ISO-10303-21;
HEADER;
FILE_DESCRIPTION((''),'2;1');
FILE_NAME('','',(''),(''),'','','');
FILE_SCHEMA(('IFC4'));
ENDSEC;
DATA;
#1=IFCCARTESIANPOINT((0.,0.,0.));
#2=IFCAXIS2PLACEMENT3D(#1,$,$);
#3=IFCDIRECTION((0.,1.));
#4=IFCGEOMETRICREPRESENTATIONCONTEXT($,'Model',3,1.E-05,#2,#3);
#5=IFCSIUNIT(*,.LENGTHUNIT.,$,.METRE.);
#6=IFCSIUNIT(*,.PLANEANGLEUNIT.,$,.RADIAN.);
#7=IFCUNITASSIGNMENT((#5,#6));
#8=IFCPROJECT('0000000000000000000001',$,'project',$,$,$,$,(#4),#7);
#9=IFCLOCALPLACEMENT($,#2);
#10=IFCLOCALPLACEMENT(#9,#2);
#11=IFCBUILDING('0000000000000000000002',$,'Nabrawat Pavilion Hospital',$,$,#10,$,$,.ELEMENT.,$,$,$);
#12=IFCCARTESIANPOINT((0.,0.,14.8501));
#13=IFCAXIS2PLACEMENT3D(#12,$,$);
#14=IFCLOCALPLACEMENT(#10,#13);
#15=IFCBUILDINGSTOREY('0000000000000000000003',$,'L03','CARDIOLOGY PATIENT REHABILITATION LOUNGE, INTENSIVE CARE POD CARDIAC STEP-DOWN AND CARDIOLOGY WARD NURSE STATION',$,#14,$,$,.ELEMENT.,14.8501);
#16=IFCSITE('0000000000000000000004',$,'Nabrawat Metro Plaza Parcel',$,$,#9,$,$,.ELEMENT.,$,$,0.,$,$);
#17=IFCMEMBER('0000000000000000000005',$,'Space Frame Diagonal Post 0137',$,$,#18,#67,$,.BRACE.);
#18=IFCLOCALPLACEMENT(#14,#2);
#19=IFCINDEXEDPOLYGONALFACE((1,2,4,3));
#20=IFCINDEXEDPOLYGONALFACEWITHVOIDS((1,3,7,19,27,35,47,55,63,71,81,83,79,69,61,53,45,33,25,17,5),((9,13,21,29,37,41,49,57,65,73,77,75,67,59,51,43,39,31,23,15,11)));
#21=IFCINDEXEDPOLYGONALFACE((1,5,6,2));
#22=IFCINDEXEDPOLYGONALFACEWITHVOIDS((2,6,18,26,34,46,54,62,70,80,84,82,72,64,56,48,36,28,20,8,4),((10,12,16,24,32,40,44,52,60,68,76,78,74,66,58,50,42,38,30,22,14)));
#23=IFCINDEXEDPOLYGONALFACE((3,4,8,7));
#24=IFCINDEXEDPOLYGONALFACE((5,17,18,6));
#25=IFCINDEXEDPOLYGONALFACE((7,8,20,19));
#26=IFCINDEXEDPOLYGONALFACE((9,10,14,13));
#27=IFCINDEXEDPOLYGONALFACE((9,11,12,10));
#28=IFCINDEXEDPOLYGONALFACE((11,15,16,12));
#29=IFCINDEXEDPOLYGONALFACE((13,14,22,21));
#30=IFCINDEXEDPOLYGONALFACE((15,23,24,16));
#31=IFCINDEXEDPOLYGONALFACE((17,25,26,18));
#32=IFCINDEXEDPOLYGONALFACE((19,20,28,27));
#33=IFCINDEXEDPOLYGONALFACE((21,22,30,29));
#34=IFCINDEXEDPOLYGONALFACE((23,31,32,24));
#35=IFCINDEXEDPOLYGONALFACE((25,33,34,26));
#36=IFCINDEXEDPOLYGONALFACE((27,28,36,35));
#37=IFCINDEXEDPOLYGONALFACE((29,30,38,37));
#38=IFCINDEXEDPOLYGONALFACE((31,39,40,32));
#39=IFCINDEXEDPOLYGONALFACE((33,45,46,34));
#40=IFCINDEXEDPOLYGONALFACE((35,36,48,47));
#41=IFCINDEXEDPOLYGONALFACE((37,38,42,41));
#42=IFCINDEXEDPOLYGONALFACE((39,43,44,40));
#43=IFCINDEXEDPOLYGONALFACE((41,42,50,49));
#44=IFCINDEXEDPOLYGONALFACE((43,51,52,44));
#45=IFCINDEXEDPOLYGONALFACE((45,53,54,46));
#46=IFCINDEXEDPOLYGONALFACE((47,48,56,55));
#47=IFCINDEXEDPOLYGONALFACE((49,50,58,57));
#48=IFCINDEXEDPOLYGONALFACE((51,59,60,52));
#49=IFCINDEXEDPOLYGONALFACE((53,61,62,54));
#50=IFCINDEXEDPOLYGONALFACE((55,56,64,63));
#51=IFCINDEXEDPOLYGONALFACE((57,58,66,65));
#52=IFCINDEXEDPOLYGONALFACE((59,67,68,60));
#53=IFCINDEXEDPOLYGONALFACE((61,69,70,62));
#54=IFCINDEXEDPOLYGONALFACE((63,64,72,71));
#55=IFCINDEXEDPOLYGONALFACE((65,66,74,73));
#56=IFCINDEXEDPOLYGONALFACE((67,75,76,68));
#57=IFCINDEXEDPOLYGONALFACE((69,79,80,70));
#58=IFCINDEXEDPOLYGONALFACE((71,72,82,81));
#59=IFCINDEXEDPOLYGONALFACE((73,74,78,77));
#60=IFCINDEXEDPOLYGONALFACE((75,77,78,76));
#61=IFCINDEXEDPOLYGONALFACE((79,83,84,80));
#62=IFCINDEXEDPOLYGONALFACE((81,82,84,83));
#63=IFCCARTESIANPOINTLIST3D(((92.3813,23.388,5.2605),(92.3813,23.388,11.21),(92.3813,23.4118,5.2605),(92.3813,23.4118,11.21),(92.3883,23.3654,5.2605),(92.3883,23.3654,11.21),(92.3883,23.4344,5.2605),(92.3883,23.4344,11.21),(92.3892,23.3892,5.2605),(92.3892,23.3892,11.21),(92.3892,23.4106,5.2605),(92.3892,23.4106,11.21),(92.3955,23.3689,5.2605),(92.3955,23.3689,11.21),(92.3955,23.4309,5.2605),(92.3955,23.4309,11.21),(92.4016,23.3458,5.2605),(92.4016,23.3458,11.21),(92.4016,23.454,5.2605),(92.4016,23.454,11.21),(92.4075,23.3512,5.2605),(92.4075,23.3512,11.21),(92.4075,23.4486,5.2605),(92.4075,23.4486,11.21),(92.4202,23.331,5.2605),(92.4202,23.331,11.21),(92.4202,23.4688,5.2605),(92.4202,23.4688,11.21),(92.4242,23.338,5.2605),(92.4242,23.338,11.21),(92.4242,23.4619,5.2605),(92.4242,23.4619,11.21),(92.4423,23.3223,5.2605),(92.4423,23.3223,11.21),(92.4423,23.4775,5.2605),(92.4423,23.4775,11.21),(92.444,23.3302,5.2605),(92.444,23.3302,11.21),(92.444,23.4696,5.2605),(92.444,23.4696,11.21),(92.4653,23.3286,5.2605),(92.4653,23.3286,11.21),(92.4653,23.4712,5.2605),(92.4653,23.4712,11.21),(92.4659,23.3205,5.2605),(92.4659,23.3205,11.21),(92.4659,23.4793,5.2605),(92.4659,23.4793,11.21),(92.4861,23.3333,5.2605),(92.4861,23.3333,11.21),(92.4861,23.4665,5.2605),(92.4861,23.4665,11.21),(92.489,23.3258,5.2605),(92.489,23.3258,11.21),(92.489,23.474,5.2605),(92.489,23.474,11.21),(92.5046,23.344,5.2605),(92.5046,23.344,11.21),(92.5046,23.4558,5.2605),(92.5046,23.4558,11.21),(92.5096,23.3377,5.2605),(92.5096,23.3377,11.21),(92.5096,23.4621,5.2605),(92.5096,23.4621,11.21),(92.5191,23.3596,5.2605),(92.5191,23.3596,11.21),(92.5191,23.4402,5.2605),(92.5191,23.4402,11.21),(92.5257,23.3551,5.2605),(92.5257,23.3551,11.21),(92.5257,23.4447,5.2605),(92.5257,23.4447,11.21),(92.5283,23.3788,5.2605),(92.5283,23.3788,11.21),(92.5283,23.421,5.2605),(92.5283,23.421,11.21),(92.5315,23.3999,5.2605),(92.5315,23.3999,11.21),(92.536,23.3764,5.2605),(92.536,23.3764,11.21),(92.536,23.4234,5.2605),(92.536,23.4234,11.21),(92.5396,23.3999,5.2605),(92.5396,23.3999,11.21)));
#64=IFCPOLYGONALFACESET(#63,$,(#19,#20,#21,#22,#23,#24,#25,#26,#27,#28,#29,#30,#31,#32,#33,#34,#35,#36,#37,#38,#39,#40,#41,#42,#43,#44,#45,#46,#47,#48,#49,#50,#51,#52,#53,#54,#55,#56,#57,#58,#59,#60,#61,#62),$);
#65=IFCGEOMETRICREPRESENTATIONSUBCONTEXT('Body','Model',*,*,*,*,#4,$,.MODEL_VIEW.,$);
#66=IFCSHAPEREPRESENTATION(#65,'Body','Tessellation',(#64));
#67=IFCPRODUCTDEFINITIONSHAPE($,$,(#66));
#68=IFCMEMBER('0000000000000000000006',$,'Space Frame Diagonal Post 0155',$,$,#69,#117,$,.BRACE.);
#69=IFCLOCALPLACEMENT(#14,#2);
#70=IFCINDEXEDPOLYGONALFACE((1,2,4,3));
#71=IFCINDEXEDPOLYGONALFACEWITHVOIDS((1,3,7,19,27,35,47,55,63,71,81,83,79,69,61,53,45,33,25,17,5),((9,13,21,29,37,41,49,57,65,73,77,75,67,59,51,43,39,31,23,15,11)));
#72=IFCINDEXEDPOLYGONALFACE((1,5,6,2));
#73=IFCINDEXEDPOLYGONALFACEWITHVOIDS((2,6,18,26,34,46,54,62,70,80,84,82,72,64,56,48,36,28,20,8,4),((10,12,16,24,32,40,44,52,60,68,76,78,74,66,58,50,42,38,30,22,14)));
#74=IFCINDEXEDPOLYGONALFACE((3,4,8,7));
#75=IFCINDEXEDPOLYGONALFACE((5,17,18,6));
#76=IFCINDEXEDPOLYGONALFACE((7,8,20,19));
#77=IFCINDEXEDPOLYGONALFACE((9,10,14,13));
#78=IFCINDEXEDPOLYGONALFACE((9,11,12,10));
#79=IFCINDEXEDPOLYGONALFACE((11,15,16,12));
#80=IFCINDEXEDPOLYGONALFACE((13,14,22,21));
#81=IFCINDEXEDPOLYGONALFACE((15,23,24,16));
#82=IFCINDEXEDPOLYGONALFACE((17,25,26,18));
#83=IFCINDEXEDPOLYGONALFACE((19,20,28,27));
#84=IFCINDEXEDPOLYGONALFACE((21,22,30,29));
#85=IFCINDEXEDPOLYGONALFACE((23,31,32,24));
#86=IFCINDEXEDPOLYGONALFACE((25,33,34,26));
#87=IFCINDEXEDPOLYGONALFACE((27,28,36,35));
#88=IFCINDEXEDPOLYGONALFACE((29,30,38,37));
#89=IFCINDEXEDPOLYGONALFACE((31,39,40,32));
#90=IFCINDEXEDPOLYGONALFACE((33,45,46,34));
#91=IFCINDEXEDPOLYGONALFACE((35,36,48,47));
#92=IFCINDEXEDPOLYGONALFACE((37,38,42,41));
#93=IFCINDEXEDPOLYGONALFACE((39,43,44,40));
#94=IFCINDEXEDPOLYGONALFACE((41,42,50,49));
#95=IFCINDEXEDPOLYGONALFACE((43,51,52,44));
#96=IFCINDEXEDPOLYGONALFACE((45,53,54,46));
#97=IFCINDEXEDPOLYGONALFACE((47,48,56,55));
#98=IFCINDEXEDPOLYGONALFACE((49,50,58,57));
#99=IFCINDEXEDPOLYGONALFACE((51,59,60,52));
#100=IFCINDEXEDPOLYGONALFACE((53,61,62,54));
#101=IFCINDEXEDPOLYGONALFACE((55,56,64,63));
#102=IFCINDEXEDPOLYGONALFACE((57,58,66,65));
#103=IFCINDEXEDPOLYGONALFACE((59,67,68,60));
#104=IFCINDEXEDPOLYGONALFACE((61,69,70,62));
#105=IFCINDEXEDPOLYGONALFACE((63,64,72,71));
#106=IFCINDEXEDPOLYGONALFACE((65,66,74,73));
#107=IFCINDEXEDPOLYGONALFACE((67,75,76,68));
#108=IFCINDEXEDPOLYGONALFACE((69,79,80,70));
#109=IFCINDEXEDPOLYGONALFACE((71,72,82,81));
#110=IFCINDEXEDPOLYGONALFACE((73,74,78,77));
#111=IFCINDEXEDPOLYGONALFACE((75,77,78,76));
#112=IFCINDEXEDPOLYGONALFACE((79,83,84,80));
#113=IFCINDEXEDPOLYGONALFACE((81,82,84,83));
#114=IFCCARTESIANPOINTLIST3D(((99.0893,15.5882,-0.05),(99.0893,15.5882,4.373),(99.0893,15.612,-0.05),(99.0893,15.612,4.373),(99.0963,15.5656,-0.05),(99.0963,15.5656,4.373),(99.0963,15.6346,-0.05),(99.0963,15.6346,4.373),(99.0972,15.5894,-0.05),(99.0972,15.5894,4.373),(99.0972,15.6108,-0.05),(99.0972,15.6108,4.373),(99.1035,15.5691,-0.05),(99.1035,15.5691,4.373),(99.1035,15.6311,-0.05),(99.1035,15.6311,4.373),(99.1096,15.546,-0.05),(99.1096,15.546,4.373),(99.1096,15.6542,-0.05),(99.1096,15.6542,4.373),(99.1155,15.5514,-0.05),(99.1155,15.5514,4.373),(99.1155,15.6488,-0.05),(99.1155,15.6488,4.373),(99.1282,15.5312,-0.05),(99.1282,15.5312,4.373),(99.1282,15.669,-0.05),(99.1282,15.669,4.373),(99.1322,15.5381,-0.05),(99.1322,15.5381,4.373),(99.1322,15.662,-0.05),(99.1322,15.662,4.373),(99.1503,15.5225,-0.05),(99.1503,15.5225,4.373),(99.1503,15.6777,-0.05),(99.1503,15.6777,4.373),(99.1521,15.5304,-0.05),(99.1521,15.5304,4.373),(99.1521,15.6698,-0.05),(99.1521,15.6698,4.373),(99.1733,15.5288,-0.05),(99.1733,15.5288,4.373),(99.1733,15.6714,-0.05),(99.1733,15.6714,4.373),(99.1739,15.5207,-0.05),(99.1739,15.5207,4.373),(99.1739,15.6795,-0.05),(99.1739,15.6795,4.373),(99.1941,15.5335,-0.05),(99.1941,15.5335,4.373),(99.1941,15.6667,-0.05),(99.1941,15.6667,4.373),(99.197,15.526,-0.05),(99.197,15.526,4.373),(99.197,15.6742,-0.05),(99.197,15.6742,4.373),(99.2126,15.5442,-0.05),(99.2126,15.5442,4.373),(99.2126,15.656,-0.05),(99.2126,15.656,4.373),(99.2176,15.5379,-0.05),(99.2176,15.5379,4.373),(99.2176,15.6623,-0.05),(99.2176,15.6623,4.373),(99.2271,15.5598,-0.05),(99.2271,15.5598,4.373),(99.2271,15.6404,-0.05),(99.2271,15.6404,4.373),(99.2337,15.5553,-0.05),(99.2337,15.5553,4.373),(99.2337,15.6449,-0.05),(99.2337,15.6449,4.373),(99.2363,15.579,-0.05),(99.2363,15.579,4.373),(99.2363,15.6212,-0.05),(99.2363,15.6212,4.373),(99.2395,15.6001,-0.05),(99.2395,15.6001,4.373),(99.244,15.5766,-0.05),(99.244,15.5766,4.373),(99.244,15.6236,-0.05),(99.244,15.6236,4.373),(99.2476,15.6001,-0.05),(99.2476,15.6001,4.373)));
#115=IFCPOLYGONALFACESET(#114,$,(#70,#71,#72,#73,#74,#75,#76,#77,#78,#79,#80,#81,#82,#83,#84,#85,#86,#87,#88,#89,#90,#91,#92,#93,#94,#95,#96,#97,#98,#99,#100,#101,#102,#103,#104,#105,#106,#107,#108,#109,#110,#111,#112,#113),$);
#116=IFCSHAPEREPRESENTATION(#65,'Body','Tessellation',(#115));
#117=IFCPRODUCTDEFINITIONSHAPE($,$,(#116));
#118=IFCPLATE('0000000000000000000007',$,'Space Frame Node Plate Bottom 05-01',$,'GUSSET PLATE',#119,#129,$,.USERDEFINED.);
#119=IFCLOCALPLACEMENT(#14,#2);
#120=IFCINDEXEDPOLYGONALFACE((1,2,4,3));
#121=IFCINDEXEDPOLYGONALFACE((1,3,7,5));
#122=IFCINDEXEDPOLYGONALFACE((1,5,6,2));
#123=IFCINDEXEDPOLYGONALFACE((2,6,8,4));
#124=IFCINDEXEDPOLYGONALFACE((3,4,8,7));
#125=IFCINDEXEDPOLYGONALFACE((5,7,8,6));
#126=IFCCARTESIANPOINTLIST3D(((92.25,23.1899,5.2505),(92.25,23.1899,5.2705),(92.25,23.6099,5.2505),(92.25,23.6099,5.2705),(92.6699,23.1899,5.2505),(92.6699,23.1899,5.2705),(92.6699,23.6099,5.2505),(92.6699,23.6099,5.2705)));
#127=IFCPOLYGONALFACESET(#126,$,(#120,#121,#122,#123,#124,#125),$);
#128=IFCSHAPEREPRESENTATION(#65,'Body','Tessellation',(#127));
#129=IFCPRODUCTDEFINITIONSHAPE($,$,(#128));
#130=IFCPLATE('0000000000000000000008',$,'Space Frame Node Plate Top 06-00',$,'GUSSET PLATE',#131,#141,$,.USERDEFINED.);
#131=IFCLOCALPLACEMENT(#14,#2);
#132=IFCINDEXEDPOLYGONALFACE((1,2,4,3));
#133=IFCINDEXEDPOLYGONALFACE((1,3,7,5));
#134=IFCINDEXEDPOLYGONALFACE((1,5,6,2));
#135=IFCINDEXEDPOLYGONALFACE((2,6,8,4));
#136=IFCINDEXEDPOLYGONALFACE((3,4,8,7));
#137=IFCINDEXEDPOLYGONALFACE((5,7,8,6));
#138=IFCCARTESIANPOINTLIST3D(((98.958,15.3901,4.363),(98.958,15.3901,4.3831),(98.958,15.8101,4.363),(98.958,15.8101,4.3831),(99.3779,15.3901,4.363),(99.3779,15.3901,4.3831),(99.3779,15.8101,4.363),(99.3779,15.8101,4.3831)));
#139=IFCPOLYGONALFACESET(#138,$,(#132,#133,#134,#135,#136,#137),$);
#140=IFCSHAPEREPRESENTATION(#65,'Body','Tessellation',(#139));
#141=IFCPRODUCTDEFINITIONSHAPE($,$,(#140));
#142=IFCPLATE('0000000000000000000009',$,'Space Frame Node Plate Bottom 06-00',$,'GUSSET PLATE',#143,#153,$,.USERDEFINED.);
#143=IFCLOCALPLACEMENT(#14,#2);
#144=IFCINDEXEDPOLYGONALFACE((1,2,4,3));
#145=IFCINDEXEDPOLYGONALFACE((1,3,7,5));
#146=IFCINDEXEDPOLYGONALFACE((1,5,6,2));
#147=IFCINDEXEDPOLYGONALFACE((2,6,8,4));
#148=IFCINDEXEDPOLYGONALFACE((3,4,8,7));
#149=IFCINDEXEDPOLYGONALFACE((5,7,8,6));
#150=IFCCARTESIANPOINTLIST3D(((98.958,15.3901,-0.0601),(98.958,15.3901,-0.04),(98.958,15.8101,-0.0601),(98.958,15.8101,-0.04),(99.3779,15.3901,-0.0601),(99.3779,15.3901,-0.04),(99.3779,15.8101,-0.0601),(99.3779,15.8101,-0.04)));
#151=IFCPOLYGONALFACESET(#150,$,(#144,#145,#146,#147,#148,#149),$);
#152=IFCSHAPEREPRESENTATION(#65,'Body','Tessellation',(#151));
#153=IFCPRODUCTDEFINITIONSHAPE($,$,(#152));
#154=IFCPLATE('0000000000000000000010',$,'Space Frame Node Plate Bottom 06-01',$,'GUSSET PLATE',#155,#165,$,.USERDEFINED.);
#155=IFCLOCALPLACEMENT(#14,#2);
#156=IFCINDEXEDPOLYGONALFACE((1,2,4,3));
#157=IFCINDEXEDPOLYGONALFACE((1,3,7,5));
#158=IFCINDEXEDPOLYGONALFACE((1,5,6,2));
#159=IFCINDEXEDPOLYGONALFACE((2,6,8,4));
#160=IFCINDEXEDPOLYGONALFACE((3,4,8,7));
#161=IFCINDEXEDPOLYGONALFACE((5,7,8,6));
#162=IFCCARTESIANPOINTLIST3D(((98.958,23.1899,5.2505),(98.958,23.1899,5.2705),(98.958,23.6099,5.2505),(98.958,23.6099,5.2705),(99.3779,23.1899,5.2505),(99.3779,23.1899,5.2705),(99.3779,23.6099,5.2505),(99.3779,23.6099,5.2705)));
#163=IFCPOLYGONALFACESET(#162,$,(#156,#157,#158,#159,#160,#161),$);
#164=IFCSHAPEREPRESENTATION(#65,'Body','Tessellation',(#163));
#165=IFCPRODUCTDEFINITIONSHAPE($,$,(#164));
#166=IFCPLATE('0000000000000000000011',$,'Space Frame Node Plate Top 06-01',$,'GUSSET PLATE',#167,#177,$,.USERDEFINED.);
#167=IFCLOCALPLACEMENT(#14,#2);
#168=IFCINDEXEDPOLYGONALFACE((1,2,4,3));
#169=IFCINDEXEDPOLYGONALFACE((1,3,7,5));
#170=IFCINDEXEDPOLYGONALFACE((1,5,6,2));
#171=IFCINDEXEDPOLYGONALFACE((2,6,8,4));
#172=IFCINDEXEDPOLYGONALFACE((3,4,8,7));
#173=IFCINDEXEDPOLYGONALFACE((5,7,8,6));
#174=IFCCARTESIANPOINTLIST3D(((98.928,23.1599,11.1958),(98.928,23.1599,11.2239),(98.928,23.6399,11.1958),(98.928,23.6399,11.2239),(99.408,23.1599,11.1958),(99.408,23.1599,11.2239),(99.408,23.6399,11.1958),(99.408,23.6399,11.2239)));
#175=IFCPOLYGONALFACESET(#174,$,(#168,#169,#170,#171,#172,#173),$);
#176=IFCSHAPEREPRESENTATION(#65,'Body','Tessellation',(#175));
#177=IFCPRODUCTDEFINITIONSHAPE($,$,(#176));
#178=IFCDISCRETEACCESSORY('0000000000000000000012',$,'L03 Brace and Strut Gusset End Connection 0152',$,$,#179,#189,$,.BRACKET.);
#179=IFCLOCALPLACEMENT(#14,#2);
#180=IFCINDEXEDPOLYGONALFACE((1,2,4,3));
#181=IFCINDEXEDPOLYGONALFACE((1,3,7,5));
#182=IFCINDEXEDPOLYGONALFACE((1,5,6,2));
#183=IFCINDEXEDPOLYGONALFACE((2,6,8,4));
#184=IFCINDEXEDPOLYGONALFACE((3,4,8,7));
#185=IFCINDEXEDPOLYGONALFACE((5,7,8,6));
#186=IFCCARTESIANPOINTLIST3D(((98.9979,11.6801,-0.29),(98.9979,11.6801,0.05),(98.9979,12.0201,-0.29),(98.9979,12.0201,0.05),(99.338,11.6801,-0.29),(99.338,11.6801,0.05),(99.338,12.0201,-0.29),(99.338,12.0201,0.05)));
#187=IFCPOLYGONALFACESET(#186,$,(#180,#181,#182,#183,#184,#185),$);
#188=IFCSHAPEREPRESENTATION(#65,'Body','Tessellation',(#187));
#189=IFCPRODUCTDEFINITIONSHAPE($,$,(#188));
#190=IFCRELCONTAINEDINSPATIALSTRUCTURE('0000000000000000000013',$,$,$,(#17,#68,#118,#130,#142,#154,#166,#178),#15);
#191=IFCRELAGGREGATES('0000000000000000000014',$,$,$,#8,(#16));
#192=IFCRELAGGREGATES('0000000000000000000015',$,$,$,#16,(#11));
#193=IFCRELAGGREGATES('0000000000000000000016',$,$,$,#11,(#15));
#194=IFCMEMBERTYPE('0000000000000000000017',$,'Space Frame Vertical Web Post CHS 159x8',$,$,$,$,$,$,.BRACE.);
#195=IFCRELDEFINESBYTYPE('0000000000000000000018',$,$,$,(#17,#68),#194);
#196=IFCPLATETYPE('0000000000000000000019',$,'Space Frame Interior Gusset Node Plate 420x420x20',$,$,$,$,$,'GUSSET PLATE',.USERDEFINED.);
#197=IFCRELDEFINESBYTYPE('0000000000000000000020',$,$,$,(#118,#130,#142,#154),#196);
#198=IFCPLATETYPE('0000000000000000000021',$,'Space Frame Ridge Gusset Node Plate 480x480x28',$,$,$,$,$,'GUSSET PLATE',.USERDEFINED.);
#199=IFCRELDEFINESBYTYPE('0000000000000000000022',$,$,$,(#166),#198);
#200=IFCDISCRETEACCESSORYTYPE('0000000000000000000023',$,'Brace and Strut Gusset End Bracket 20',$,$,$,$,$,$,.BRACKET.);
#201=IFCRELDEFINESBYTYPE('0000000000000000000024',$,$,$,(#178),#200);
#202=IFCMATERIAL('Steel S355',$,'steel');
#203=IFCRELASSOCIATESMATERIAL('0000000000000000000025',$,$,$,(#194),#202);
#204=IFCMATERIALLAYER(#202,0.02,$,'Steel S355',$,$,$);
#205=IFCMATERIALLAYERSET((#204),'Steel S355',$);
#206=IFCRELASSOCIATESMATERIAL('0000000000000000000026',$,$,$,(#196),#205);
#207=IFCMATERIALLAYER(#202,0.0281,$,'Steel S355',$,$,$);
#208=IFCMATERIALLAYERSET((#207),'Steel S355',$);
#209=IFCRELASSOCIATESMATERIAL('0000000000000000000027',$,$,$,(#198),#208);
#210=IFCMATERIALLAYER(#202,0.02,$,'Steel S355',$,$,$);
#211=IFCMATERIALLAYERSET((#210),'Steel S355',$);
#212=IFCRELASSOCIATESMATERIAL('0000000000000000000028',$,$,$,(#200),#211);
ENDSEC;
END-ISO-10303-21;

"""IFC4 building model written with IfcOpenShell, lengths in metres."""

from ifc_helpers import new_model, si_unit, direction, frame, origin, origin_2d, place, context, subcontext, project, spatial, rectangle, hollow_circle, extrude, material, layer, layer_set, material_profile, profile_set, type_object, element, save


model = new_model("IFC4")

# Units and contexts
model_context = context("Model", 3, precision=1e-05, world=origin(), true_north=direction((0.0, 1.0)))
body_context = subcontext(model_context, "Body", "Model", "MODEL_VIEW")
ifc_project = project(units=[si_unit("LENGTHUNIT", "METRE"), si_unit("PLANEANGLEUNIT", "RADIAN")], contexts=[model_context])

# Site, building, storey
site_placement = place(None, origin())
site = spatial("IfcSite", under=ifc_project, at=site_placement, Name="Nabrawat Metro Plaza Parcel", CompositionType="ELEMENT", RefElevation=0.0)
building_placement = place(site_placement, origin())
building = spatial("IfcBuilding", under=site, at=building_placement, Name="Nabrawat Pavilion Hospital", CompositionType="ELEMENT")
storey_placement = place(building_placement, frame((0.0, 0.0, 14.8501)))
storey = spatial("IfcBuildingStorey", under=building, at=storey_placement, Name="L03", Description="CARDIOLOGY PATIENT REHABILITATION LOUNGE, INTENSIVE CARE POD CARDIAC STEP-DOWN AND CARDIOLOGY WARD NURSE STATION", CompositionType="ELEMENT", Elevation=14.8501)

# Shared definitions
ifc_material = material(Name="Steel S355", Category="steel")

# Members
ifc_material_profile_1 = material_profile(ifc_material, hollow_circle(Radius=0.0796, WallThickness=0.0081, at=origin_2d()), Name="CHS 159x8")
ifc_profile_set_1 = profile_set([ifc_material_profile_1], Name="Steel S355")
member_type_1 = type_object("IfcMemberType", Name="Space Frame Vertical Web Post CHS 159x8", PredefinedType="BRACE", material=ifc_profile_set_1)
member_1_placement = place(storey_placement, frame((92.46, 23.3999, 5.2605), z_axis=(0.0, 0.0, 1.0), x_axis=(1.0, 0.0, 0.0)))
element("IfcMember", 1, at=member_1_placement, inside=storey, type_object=member_type_1, Name="Space Frame Diagonal Post 0137", PredefinedType="BRACE", context=body_context, shape_type="SweptSolid", body=[
    extrude(hollow_circle(Radius=0.0796, WallThickness=0.0081, at=origin_2d()), origin(), (0.0, 0.0, 1.0), 5.9495),
])
member_2_placement = place(storey_placement, frame((99.168, 15.6001, -0.05), z_axis=(0.0, 0.0, 1.0), x_axis=(1.0, 0.0, 0.0)))
element("IfcMember", 2, at=member_2_placement, inside=storey, type_object=member_type_1, Name="Space Frame Diagonal Post 0155", PredefinedType="BRACE", context=body_context, shape_type="SweptSolid", body=[
    extrude(hollow_circle(Radius=0.0796, WallThickness=0.0081, at=origin_2d()), origin(), (0.0, 0.0, 1.0), 4.4231),
])

# Plates
ifc_layer_1 = layer(ifc_material, 0.02, Name="Steel S355")
ifc_layer_set_1 = layer_set([ifc_layer_1], Name="Steel S355")
plate_type_1 = type_object("IfcPlateType", Name="Space Frame Interior Gusset Node Plate 420x420x20", ElementType="GUSSET PLATE", PredefinedType="USERDEFINED", material=ifc_layer_set_1)
for number, where, z_axis, x_axis, name in (
    (3, (92.46, 23.3999, 5.2505), (0.0, 0.0, 1.0), (1.0, 0.0, 0.0), "Space Frame Node Plate Bottom 05-01"),
    (4, (99.168, 15.6001, 4.363), (0.0, 0.0, 1.0), (1.0, 0.0, 0.0), "Space Frame Node Plate Top 06-00"),
    (5, (99.168, 15.6001, -0.0601), (0.0, 0.0, 1.0), (1.0, 0.0, 0.0), "Space Frame Node Plate Bottom 06-00"),
    (6, (99.168, 23.3999, 5.2505), (0.0, 0.0, 1.0), (1.0, 0.0, 0.0), "Space Frame Node Plate Bottom 06-01"),
):
    element("IfcPlate", number, at=place(storey_placement, frame(where, z_axis=z_axis, x_axis=x_axis)), inside=storey, type_object=plate_type_1, Name=name, ObjectType="GUSSET PLATE", PredefinedType="USERDEFINED", context=body_context, shape_type="SweptSolid", body=[
        extrude(rectangle(XDim=0.4199, YDim=0.4199, at=origin_2d()), origin(), (0.0, 0.0, 1.0), 0.02),
    ])
ifc_layer_2 = layer(ifc_material, 0.0281, Name="Steel S355")
ifc_layer_set_2 = layer_set([ifc_layer_2], Name="Steel S355")
plate_type_2 = type_object("IfcPlateType", Name="Space Frame Ridge Gusset Node Plate 480x480x28", ElementType="GUSSET PLATE", PredefinedType="USERDEFINED", material=ifc_layer_set_2)
plate_placement = place(storey_placement, frame((99.168, 23.3999, 11.1958), z_axis=(0.0, 0.0, 1.0), x_axis=(1.0, 0.0, 0.0)))
element("IfcPlate", 7, at=plate_placement, inside=storey, type_object=plate_type_2, Name="Space Frame Node Plate Top 06-01", ObjectType="GUSSET PLATE", PredefinedType="USERDEFINED", context=body_context, shape_type="SweptSolid", body=[
    extrude(rectangle(XDim=0.48, YDim=0.48, at=origin_2d()), origin(), (0.0, 0.0, 1.0), 0.0281),
])

# Discrete accessory
ifc_layer_3 = layer(ifc_material, 0.02, Name="Steel S355")
ifc_layer_set_3 = layer_set([ifc_layer_3], Name="Steel S355")
discrete_accessory_type = type_object("IfcDiscreteAccessoryType", Name="Brace and Strut Gusset End Bracket 20", PredefinedType="BRACKET", material=ifc_layer_set_3)
discrete_accessory_placement = place(storey_placement, frame((99.168, 11.8501, -0.29), z_axis=(0.0, 0.0, 1.0), x_axis=(1.0, 0.0, 0.0)))
element("IfcDiscreteAccessory", 8, at=discrete_accessory_placement, inside=storey, type_object=discrete_accessory_type, Name="L03 Brace and Strut Gusset End Connection 0152", PredefinedType="BRACKET", context=body_context, shape_type="SweptSolid", body=[
    extrude(rectangle(XDim=0.3401, YDim=0.3401, at=origin_2d()), origin(), (0.0, 0.0, 1.0), 0.3401),
])

save(model, "model.ifc")
